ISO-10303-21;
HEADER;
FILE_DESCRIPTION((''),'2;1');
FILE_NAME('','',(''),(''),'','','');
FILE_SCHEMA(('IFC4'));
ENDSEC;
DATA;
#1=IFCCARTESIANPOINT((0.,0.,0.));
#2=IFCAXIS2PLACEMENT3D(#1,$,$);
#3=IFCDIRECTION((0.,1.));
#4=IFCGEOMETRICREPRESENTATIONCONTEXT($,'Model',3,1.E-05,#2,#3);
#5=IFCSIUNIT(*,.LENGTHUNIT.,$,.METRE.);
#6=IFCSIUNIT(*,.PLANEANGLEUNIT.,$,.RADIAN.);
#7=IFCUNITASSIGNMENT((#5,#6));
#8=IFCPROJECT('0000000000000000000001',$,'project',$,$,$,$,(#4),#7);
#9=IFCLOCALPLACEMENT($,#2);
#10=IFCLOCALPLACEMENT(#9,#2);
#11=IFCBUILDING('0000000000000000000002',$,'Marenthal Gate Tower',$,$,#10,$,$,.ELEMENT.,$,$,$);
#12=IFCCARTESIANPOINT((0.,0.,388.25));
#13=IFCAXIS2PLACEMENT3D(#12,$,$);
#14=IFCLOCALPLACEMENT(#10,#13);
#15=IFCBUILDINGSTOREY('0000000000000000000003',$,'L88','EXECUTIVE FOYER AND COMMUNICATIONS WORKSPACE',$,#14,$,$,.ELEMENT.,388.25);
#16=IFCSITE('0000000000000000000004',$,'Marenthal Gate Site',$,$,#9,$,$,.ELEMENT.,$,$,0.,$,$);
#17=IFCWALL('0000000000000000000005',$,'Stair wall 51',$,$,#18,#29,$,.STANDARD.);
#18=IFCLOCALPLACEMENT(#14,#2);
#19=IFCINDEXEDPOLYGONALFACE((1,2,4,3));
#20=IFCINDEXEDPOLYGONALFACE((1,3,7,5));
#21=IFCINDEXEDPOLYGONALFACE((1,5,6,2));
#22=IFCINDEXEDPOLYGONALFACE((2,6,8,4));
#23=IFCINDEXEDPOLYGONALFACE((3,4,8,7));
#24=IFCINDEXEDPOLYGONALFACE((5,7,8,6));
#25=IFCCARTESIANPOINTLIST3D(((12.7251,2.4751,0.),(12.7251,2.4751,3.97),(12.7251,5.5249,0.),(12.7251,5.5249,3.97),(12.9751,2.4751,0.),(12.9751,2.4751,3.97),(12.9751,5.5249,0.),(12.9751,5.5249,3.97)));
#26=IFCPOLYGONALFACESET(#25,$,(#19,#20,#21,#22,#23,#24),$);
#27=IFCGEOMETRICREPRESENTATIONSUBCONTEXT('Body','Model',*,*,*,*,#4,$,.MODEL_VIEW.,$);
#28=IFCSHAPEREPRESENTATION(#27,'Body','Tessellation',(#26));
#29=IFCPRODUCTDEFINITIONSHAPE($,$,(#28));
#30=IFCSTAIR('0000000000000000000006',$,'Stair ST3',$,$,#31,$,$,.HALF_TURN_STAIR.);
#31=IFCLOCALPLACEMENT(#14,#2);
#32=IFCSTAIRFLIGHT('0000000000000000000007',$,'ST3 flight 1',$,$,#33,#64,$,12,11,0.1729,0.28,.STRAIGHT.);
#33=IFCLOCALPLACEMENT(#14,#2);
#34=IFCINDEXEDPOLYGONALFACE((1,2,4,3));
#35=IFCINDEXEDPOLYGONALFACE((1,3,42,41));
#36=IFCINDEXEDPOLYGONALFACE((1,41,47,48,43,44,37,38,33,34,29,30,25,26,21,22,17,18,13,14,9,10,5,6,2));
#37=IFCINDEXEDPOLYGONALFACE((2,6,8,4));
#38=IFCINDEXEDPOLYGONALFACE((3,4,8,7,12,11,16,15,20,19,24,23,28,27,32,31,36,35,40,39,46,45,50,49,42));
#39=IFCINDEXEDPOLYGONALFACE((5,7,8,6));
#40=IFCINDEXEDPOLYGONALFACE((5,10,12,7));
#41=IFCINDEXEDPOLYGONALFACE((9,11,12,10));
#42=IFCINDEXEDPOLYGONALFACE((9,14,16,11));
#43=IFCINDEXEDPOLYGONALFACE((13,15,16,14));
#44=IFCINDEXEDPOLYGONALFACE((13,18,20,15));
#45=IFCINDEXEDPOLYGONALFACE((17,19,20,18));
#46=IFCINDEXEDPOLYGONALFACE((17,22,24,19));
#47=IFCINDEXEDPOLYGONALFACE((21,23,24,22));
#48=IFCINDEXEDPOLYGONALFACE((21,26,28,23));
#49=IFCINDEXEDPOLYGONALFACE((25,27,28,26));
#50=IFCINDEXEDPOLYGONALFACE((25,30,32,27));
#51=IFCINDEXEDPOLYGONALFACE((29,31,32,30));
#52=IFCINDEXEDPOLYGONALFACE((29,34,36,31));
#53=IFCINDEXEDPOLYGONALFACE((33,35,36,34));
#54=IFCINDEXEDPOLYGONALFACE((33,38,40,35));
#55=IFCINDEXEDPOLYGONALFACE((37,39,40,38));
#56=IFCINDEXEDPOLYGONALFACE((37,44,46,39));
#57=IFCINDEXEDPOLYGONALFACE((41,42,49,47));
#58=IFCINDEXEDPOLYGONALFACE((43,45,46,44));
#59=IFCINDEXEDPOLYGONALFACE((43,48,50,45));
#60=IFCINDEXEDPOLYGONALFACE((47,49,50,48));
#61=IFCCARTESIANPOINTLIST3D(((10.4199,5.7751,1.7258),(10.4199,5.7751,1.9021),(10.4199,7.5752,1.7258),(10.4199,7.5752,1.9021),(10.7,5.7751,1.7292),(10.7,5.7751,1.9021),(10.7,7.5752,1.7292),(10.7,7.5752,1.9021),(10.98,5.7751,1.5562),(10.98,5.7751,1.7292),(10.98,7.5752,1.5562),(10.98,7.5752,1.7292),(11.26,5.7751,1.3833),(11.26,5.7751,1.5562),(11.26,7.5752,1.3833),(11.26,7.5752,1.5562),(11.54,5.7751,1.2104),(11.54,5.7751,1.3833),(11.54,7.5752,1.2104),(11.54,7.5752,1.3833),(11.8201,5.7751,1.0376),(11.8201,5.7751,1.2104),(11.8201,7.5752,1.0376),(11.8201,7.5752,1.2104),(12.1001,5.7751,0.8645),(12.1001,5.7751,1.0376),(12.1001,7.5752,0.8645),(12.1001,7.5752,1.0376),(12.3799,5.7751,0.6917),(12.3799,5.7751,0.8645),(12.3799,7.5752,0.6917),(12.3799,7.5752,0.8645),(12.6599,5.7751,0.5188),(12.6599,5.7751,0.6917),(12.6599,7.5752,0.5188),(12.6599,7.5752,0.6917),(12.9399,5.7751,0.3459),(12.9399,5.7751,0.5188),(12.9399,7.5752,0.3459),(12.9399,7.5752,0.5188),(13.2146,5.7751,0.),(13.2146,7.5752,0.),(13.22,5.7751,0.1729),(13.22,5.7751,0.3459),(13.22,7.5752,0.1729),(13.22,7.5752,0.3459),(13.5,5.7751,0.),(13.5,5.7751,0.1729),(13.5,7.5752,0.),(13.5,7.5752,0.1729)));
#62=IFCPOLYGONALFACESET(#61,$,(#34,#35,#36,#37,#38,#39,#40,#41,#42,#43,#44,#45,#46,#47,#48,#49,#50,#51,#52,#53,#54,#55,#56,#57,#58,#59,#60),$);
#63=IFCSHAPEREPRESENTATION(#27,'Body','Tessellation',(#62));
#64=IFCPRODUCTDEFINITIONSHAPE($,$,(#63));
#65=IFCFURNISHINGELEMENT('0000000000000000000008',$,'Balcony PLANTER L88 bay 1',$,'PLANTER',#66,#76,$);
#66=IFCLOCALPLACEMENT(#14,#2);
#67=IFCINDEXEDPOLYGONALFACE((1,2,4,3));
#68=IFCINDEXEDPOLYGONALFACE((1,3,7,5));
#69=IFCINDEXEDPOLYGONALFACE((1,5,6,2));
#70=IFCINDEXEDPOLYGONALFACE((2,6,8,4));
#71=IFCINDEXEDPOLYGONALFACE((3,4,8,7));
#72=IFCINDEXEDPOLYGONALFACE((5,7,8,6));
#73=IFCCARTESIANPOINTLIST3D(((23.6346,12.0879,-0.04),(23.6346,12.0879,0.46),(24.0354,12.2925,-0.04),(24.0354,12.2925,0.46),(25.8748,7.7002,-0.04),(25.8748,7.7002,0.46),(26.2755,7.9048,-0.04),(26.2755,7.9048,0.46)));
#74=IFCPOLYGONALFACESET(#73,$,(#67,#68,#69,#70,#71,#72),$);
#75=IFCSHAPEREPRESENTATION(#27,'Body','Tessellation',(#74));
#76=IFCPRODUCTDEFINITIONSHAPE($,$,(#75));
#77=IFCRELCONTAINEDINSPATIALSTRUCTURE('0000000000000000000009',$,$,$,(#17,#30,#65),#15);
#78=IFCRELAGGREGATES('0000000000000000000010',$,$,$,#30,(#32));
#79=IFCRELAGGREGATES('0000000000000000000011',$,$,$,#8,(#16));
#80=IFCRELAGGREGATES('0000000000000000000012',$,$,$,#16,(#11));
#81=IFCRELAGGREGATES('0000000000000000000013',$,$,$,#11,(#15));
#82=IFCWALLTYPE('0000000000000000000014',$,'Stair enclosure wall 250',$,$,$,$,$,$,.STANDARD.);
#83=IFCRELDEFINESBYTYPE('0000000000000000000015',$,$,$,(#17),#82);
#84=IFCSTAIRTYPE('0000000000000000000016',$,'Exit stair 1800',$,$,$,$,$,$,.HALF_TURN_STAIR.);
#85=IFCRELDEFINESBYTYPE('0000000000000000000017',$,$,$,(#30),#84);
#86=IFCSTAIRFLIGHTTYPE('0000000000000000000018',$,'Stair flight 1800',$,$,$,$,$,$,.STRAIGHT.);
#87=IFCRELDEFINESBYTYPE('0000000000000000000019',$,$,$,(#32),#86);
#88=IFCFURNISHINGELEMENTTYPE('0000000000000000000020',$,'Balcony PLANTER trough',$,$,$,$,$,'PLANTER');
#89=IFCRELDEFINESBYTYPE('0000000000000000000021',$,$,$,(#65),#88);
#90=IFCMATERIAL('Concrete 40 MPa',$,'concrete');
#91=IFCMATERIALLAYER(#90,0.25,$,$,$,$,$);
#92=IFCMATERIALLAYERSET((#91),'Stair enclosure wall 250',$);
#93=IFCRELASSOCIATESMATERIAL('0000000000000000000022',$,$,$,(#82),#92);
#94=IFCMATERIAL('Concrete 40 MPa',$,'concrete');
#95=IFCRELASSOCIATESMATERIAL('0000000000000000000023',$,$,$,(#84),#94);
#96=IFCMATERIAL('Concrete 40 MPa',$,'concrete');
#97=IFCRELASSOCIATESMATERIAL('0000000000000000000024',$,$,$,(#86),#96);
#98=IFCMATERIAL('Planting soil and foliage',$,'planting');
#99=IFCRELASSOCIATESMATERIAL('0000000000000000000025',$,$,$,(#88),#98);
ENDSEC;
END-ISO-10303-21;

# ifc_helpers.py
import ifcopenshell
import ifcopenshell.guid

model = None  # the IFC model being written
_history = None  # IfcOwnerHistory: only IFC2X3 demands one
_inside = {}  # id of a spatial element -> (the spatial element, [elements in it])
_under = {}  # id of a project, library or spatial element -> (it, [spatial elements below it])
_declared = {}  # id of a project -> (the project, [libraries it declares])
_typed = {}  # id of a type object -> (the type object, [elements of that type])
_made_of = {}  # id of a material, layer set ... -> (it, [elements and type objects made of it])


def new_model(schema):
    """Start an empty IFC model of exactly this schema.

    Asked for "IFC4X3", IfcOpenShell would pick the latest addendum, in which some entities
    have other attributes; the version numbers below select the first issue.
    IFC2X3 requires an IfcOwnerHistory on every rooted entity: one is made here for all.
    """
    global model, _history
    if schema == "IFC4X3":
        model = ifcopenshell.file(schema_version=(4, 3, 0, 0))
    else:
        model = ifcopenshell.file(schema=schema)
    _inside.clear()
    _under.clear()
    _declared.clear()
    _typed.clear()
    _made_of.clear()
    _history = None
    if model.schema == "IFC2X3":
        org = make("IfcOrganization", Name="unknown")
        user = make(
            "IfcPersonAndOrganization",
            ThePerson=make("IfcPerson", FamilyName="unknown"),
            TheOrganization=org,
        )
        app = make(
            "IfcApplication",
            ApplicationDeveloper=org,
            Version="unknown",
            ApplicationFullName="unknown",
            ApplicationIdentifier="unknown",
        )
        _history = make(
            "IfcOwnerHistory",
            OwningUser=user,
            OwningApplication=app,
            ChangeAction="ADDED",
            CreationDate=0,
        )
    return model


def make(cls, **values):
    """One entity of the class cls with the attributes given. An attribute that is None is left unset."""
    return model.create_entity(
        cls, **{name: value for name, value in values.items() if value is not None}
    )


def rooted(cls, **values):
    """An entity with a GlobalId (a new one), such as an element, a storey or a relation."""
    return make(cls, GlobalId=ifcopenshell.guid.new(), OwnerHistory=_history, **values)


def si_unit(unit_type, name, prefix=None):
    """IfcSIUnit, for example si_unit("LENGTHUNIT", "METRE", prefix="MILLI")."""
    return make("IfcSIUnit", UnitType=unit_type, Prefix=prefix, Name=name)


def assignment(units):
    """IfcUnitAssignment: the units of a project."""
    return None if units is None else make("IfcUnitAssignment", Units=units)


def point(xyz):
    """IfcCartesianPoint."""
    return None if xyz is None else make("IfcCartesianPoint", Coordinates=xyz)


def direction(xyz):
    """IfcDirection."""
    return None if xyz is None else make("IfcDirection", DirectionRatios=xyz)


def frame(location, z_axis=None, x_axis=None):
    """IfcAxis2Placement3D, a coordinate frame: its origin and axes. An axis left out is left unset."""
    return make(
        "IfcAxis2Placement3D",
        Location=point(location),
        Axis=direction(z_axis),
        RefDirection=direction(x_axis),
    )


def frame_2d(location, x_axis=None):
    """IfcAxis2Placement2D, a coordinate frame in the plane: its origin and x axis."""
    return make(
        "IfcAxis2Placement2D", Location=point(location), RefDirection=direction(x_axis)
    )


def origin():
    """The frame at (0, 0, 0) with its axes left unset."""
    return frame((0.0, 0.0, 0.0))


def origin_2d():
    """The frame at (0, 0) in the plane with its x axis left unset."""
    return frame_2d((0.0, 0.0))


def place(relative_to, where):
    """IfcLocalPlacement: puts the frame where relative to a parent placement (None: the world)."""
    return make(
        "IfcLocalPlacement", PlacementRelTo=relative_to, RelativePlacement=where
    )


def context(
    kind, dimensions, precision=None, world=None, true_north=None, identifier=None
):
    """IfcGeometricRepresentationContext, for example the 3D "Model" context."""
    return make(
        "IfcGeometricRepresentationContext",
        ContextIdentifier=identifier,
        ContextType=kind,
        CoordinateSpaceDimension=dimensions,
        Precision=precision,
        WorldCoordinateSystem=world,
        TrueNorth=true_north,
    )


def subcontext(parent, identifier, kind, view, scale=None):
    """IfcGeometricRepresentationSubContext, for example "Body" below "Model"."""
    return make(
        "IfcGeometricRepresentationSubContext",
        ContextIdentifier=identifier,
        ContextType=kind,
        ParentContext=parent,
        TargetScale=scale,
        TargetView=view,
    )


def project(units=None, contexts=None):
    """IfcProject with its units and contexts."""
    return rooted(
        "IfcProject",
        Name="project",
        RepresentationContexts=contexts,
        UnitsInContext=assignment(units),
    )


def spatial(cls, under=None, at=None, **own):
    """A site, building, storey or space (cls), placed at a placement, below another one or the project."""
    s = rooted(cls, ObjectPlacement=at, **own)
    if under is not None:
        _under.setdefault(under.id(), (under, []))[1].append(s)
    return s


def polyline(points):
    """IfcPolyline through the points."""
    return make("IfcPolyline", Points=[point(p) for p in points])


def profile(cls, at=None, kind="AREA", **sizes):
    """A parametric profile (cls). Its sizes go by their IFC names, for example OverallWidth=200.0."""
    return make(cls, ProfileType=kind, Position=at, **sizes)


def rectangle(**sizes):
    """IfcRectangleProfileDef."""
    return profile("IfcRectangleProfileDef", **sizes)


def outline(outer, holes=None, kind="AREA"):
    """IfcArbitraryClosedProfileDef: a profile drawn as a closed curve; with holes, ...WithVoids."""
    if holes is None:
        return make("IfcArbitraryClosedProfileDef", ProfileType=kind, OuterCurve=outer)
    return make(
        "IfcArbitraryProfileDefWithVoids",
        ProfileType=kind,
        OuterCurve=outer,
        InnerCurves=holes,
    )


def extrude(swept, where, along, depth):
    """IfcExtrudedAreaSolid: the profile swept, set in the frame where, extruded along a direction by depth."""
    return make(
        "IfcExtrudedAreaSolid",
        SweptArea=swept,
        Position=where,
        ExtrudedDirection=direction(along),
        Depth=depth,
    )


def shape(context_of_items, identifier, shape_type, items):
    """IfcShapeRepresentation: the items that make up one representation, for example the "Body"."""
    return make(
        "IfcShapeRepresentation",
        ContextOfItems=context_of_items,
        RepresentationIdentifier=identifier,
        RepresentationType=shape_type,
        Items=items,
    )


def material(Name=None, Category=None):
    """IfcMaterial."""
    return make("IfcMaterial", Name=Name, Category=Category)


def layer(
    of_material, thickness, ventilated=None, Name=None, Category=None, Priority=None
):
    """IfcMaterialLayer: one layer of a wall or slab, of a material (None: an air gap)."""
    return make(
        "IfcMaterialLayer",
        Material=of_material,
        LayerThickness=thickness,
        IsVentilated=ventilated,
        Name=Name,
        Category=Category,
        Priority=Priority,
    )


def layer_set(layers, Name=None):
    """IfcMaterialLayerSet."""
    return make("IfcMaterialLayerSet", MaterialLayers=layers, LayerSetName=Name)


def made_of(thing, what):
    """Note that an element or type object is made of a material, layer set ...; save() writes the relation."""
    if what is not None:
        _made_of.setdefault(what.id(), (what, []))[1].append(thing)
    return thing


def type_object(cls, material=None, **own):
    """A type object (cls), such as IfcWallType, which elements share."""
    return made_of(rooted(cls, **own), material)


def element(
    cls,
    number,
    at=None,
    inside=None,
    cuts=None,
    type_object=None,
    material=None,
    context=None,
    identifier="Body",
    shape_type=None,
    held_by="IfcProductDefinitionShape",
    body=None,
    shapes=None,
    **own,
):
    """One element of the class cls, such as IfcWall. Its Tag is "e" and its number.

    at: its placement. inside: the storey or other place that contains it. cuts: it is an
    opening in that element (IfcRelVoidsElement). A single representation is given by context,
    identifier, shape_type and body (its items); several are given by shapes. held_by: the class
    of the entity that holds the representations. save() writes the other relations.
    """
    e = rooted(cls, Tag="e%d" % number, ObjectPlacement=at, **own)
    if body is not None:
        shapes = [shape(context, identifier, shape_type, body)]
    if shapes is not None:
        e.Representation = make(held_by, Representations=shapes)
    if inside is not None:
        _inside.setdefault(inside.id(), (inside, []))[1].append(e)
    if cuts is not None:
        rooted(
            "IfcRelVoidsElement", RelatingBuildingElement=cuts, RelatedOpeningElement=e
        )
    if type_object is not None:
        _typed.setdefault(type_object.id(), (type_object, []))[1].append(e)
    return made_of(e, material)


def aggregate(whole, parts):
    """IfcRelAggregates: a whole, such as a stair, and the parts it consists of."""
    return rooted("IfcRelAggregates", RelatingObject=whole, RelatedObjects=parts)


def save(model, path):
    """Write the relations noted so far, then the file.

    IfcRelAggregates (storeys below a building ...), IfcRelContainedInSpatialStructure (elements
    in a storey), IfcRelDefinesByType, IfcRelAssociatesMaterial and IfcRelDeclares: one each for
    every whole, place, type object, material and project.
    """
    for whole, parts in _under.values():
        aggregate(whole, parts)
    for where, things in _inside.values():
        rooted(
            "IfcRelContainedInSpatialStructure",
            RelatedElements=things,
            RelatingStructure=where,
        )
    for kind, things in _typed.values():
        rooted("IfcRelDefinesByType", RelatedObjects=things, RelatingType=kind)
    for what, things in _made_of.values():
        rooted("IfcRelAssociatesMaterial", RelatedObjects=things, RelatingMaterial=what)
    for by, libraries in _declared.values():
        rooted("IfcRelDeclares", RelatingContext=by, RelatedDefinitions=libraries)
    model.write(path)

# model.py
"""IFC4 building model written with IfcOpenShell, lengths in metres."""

from ifc_helpers import new_model, si_unit, direction, frame, frame_2d, origin, origin_2d, place, context, subcontext, project, spatial, polyline, rectangle, outline, extrude, material, layer, layer_set, type_object, element, aggregate, save


model = new_model("IFC4")

# Units and contexts
model_context = context("Model", 3, precision=1e-05, world=origin(), true_north=direction((0.0, 1.0)))
body_context = subcontext(model_context, "Body", "Model", "MODEL_VIEW")
ifc_project = project(units=[si_unit("LENGTHUNIT", "METRE"), si_unit("PLANEANGLEUNIT", "RADIAN")], contexts=[model_context])

# Site, building, storey
site_placement = place(None, origin())
site = spatial("IfcSite", under=ifc_project, at=site_placement, Name="Marenthal Gate Site", CompositionType="ELEMENT", RefElevation=0.0)
building_placement = place(site_placement, origin())
building = spatial("IfcBuilding", under=site, at=building_placement, Name="Marenthal Gate Tower", CompositionType="ELEMENT")
storey_placement = place(building_placement, frame((0.0, 0.0, 388.25)))
storey = spatial("IfcBuildingStorey", under=building, at=storey_placement, Name="L88", Description="EXECUTIVE FOYER AND COMMUNICATIONS WORKSPACE", CompositionType="ELEMENT", Elevation=388.25)

# Wall
ifc_material_1 = material(Name="Concrete 40 MPa", Category="concrete")
ifc_layer_1 = layer(ifc_material_1, 0.25)
ifc_layer_set_1 = layer_set([ifc_layer_1], Name="Stair enclosure wall 250")
wall_type_1 = type_object("IfcWallType", Name="Stair enclosure wall 250", PredefinedType="STANDARD", material=ifc_layer_set_1)
wall_1_placement = place(storey_placement, frame((12.8501, 2.4751, 0.0), z_axis=(0.0, 0.0, 1.0), x_axis=(0.0, 1.0, 0.0)))
element("IfcWall", 1, at=wall_1_placement, inside=storey, type_object=wall_type_1, Name="Stair wall 51", PredefinedType="STANDARD", context=body_context, shape_type="SweptSolid", body=[
    extrude(rectangle(XDim=3.0498, YDim=0.25, at=frame_2d((1.5249, 0.0))), origin(), (0.0, 0.0, 1.0), 3.97),
])

# Stair, stair flight
ifc_material_2 = material(Name="Concrete 40 MPa", Category="concrete")
stair_type = type_object("IfcStairType", Name="Exit stair 1800", PredefinedType="HALF_TURN_STAIR", material=ifc_material_2)
stair_placement = place(storey_placement, origin())
stair = element("IfcStair", 2, at=stair_placement, inside=storey, type_object=stair_type, Name="Stair ST3", PredefinedType="HALF_TURN_STAIR")
ifc_material_3 = material(Name="Concrete 40 MPa", Category="concrete")
stair_flight_type = type_object("IfcStairFlightType", Name="Stair flight 1800", PredefinedType="STRAIGHT", material=ifc_material_3)
stair_flight_placement = place(storey_placement, frame((13.5, 6.675, 0.0), z_axis=(0.0, 0.0, 1.0), x_axis=(-1.0, 0.0, 0.0)))
stair_flight = element("IfcStairFlight", 3, at=stair_flight_placement, type_object=stair_flight_type, Name="ST3 flight 1", NumberOfRisers=12, NumberOfTreads=11, PredefinedType="STRAIGHT", RiserHeight=0.1729, TreadLength=0.28, context=body_context, shape_type="SweptSolid", body=[
    extrude(outline(polyline([(0.0, 0.0), (0.0, 0.1729), (0.28, 0.1729), (0.28, 0.3459), (0.5601, 0.3459), (0.5601, 0.5188), (0.8401, 0.5188), (0.8401, 0.6917), (1.1201, 0.6917), (1.1201, 0.8645), (1.3999, 0.8645), (1.3999, 1.0376), (1.6799, 1.0376), (1.6799, 1.2104), (1.96, 1.2104), (1.96, 1.3833), (2.24, 1.3833), (2.24, 1.5562), (2.52, 1.5562), (2.52, 1.7292), (2.8, 1.7292), (2.8, 1.9021), (3.0801, 1.9021), (3.0801, 2.075), (3.0801, 1.7258), (0.2854, 0.0), (0.0, 0.0)])), frame((0.0, 0.8999, 0.0), z_axis=(0.0, -1.0, 0.0), x_axis=(1.0, 0.0, 0.0)), (0.0, 0.0, 1.0), 1.8),
])
aggregate(stair, [stair_flight])

# Furnishing element
ifc_material_4 = material(Name="Planting soil and foliage", Category="planting")
furnishing_element_type = type_object("IfcFurnishingElementType", Name="Balcony PLANTER trough", ElementType="PLANTER", material=ifc_material_4)
furnishing_placement = place(storey_placement, frame((24.9551, 9.9963, -0.04), z_axis=(0.0, 0.0, 1.0), x_axis=(-0.454706, 0.890642, 0.0)))
element("IfcFurnishingElement", 4, at=furnishing_placement, inside=storey, type_object=furnishing_element_type, Name="Balcony PLANTER L88 bay 1", ObjectType="PLANTER", context=body_context, shape_type="SweptSolid", body=[
    extrude(rectangle(XDim=4.9265, YDim=0.45, at=origin_2d()), origin(), (0.0, 0.0, 1.0), 0.5),
])

save(model, "model.ifc")
